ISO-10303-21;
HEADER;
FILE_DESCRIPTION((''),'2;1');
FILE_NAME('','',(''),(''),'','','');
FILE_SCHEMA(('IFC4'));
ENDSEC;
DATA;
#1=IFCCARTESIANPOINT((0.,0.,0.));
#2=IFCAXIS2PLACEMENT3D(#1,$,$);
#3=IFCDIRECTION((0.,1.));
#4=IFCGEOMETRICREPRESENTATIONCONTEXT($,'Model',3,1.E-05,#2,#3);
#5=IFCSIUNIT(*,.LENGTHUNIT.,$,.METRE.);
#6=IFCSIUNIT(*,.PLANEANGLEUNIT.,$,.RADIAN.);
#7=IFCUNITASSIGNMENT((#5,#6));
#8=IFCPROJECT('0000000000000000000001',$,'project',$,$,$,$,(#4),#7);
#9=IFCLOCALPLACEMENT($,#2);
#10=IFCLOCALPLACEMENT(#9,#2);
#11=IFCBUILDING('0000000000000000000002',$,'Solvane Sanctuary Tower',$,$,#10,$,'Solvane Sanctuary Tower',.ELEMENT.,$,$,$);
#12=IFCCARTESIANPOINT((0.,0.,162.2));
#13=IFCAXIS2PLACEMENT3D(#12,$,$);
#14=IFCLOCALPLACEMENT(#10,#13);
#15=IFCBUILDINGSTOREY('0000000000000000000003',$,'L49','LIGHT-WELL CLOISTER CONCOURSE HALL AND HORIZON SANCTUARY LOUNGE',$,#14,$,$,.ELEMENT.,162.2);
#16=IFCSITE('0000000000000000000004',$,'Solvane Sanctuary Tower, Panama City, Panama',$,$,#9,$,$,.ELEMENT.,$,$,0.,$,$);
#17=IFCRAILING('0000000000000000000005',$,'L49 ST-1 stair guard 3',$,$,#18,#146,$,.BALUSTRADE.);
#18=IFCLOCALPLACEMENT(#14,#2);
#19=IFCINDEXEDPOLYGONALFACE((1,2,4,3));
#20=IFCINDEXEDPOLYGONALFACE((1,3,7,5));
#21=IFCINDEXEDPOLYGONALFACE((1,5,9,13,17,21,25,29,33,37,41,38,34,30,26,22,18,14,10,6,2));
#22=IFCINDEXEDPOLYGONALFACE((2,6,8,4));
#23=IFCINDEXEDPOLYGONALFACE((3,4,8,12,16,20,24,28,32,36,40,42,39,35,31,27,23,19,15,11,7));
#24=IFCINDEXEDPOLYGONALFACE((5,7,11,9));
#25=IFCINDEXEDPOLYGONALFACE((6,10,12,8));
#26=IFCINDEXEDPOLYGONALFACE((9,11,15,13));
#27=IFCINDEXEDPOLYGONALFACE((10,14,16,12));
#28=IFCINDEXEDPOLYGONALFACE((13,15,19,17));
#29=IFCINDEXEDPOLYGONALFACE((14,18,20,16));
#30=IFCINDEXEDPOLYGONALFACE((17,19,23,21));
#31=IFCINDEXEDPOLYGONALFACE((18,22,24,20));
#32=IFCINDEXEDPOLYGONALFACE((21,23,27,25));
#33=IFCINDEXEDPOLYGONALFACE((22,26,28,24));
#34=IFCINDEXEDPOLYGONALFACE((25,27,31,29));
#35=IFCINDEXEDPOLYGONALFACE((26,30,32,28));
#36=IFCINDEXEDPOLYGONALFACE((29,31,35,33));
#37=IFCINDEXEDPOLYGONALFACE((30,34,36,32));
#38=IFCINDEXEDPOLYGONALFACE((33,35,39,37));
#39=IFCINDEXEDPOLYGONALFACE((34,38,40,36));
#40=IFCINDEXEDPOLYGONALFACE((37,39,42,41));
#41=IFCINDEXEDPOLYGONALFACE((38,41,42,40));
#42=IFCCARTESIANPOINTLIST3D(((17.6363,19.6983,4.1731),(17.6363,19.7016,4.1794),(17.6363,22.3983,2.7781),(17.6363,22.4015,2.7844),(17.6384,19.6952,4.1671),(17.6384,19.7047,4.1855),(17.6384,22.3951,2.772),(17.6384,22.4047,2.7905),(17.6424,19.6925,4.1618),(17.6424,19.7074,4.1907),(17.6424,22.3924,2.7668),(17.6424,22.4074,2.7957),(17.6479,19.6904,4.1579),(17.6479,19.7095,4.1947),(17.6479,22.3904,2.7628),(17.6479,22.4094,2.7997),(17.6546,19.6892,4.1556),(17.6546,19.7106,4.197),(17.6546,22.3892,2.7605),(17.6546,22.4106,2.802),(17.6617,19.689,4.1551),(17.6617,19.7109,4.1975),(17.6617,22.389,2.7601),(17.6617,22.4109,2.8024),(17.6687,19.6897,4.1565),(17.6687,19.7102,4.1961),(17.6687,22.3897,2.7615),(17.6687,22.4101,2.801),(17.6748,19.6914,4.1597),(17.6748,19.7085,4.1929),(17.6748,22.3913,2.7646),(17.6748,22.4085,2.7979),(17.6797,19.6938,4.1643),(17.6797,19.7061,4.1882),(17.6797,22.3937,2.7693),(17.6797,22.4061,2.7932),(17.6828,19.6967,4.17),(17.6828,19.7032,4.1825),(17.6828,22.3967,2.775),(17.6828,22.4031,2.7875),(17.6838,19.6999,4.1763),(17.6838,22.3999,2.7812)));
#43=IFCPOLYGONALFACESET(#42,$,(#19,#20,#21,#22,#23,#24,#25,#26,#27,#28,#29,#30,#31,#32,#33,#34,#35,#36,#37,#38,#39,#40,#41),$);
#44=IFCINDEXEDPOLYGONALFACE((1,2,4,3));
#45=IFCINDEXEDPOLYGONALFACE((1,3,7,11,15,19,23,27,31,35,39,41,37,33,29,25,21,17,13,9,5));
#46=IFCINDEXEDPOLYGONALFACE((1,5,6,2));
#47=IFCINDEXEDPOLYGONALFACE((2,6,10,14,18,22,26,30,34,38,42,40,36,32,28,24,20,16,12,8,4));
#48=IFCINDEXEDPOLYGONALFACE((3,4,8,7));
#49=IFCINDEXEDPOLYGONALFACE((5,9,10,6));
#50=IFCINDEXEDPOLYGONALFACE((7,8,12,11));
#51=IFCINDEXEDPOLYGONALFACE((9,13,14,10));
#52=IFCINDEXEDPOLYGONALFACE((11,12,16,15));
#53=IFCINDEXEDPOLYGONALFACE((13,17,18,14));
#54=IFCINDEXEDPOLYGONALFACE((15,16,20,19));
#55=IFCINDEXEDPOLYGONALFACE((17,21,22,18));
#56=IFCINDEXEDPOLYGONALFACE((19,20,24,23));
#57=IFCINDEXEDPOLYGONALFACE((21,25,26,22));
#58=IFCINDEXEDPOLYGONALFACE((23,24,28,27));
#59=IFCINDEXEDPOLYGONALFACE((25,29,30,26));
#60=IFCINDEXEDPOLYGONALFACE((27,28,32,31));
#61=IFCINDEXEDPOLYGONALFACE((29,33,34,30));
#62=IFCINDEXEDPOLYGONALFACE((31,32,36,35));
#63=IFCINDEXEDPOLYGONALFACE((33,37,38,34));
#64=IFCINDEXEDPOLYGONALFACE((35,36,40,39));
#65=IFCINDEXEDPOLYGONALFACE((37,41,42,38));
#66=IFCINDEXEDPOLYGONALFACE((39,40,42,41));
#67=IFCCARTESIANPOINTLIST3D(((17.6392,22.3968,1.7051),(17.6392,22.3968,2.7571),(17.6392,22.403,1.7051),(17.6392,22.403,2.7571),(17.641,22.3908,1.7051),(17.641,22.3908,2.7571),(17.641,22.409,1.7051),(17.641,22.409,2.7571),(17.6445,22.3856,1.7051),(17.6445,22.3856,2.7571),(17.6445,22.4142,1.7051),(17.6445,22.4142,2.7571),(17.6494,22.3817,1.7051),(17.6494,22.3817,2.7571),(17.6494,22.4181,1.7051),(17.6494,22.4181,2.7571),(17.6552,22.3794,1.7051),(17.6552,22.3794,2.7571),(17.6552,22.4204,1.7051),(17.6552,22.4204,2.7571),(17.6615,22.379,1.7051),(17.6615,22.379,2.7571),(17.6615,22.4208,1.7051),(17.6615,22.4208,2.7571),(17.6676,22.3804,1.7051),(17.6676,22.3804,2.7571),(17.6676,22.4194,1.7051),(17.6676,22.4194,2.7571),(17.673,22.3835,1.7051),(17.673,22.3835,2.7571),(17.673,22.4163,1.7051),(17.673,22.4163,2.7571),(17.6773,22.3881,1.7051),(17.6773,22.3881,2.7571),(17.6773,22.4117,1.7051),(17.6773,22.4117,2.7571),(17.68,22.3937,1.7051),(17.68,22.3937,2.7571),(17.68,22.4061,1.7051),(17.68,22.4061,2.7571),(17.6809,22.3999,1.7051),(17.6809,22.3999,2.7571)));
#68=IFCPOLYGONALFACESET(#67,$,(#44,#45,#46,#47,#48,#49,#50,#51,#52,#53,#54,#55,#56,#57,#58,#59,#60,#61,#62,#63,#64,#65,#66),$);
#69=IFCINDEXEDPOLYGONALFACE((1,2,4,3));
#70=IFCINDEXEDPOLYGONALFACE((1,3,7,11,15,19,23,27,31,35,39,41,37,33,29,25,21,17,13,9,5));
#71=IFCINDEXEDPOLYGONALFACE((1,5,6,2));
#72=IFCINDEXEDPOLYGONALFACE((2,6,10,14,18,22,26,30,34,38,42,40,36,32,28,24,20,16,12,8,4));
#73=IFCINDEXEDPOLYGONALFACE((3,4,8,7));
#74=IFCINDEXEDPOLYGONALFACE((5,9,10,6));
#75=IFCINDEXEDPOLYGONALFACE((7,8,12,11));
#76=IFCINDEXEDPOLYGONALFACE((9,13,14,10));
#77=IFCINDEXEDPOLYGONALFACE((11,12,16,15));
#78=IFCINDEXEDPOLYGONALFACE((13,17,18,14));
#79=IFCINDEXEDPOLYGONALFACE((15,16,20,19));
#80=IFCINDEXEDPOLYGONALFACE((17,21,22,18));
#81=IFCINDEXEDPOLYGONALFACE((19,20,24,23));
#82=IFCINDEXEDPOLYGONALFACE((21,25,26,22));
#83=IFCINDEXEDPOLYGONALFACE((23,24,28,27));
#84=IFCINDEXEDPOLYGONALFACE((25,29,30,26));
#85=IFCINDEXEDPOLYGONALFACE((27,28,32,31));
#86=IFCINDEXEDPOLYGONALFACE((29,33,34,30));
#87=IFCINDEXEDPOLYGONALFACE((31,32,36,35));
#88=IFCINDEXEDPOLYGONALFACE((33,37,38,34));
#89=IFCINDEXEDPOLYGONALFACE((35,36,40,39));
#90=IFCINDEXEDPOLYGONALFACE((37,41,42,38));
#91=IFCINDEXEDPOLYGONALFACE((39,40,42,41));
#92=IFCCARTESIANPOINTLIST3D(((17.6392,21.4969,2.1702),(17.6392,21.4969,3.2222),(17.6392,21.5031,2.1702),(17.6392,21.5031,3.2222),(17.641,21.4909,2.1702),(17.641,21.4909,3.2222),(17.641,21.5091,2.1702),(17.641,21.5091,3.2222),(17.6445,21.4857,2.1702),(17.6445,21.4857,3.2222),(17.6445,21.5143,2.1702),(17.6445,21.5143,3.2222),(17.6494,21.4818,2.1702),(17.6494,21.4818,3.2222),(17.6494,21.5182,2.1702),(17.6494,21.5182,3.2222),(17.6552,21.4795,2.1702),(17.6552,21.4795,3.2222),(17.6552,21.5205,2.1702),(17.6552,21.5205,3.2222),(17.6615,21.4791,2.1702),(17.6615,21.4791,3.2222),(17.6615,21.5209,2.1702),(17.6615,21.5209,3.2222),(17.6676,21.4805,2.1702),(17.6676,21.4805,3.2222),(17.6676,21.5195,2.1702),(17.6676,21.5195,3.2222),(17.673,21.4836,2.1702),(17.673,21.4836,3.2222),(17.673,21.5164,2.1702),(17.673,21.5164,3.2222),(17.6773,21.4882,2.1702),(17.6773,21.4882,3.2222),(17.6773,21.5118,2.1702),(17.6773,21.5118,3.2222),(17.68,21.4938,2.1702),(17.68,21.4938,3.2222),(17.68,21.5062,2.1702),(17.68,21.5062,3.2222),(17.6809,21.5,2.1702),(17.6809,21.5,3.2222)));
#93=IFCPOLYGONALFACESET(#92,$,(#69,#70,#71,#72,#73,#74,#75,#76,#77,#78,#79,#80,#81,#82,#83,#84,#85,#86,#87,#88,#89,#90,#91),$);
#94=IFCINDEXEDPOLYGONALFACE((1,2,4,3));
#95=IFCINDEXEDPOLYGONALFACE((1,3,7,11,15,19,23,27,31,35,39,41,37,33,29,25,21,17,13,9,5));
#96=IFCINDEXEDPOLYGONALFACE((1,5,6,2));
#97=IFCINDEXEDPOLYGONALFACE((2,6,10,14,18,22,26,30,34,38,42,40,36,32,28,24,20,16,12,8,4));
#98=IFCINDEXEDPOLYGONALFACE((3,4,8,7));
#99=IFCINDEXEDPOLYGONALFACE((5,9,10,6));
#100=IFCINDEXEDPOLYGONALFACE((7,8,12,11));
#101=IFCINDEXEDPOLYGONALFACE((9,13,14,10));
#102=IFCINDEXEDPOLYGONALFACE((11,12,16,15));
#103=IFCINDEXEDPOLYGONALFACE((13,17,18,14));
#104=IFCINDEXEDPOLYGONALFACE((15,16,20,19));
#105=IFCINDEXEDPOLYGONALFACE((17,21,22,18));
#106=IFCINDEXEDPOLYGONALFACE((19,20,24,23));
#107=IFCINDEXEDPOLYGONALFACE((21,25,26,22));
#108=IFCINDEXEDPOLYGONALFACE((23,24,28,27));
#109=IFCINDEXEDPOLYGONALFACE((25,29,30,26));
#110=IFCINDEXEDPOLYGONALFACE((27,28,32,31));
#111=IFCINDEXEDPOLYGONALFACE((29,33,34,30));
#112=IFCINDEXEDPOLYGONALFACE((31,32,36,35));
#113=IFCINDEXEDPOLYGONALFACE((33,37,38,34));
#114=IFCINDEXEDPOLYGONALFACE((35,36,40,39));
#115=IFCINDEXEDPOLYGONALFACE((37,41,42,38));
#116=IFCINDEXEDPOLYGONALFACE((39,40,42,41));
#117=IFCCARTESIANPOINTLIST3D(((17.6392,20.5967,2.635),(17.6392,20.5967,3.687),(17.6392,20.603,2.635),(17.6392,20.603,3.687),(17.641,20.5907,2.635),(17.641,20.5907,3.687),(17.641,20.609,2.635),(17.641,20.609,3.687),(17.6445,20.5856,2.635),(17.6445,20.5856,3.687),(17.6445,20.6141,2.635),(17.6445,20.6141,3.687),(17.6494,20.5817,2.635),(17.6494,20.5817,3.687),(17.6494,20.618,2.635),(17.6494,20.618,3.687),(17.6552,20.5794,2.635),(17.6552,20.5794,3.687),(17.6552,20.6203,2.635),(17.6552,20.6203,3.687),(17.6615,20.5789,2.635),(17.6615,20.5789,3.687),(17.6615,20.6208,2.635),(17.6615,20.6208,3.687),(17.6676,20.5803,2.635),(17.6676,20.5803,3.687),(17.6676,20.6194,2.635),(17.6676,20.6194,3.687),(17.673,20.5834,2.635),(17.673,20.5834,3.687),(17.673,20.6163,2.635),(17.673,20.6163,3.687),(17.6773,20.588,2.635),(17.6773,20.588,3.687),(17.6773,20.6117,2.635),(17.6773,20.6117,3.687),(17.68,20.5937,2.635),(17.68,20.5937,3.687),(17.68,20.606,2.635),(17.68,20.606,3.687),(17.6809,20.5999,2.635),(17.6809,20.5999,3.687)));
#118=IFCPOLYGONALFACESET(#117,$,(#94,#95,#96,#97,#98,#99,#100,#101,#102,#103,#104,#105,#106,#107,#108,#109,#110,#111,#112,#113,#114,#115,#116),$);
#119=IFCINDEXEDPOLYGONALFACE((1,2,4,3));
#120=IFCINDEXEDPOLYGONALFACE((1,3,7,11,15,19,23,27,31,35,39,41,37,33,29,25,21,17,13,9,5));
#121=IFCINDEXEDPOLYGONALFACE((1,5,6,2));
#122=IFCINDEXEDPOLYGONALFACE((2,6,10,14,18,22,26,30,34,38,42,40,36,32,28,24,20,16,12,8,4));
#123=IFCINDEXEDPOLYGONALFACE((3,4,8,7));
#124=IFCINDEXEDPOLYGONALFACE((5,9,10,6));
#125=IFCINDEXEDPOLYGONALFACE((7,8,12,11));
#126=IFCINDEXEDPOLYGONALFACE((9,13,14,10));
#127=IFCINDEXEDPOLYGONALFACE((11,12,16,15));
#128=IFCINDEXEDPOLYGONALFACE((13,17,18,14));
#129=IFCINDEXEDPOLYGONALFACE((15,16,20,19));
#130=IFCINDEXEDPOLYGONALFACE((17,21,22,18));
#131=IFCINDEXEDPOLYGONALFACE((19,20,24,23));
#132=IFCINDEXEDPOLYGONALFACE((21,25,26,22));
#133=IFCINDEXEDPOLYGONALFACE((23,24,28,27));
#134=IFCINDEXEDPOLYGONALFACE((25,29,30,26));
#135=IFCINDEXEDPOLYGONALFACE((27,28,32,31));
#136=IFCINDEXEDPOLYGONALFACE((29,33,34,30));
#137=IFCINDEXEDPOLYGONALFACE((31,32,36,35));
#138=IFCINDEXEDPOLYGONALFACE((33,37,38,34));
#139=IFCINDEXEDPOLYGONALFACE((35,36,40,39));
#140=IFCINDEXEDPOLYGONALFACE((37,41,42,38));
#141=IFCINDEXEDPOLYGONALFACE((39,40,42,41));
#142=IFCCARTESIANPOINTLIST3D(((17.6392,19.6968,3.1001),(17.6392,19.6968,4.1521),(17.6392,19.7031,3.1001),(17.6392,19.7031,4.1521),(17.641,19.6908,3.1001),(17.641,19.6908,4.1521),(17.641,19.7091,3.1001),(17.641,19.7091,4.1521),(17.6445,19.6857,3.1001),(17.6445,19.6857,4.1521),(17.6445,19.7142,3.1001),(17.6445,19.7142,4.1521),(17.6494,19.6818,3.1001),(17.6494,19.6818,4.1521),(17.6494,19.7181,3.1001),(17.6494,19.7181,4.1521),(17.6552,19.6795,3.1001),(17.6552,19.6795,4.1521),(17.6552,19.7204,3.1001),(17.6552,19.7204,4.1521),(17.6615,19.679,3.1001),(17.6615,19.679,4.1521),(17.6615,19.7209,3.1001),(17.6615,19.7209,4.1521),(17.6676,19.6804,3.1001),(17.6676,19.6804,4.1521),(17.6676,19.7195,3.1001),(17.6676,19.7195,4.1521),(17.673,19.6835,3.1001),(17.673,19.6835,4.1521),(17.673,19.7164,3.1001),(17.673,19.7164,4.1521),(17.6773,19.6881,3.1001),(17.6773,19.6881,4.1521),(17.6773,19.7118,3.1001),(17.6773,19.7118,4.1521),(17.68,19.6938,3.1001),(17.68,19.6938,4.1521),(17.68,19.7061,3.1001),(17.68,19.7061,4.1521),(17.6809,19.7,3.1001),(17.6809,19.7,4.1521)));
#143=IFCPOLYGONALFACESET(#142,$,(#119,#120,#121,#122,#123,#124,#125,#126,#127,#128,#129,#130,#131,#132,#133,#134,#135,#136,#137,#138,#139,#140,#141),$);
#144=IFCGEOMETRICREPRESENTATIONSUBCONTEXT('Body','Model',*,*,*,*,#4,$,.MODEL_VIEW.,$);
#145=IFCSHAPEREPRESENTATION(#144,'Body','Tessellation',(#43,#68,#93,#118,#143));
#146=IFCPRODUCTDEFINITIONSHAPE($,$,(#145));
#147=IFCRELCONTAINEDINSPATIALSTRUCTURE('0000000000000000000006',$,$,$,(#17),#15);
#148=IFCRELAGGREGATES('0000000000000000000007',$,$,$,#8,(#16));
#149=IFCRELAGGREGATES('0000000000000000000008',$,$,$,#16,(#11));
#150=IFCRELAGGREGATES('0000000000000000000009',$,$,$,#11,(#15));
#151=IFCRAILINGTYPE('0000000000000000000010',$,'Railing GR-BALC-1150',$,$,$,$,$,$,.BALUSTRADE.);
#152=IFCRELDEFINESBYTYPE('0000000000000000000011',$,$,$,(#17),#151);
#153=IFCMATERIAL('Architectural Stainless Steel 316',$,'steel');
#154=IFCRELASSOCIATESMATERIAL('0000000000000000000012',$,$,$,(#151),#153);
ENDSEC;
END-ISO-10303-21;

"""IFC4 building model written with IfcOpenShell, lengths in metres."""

from ifc_helpers import new_model, si_unit, direction, frame, origin, origin_2d, place, context, subcontext, project, spatial, circle, extrude, material, type_object, element, save


model = new_model("IFC4")

# Units and contexts
model_context = context("Model", 3, precision=1e-05, world=origin(), true_north=direction((0.0, 1.0)))
body_context = subcontext(model_context, "Body", "Model", "MODEL_VIEW")
ifc_project = project(units=[si_unit("LENGTHUNIT", "METRE"), si_unit("PLANEANGLEUNIT", "RADIAN")], contexts=[model_context])

# Site, building, storey
site_placement = place(None, origin())
site = spatial("IfcSite", under=ifc_project, at=site_placement, Name="Solvane Sanctuary Tower, Panama City, Panama", CompositionType="ELEMENT", RefElevation=0.0)
building_placement = place(site_placement, origin())
building = spatial("IfcBuilding", under=site, at=building_placement, Name="Solvane Sanctuary Tower", LongName="Solvane Sanctuary Tower", CompositionType="ELEMENT")
storey_placement = place(building_placement, frame((0.0, 0.0, 162.2)))
storey = spatial("IfcBuildingStorey", under=building, at=storey_placement, Name="L49", Description="LIGHT-WELL CLOISTER CONCOURSE HALL AND HORIZON SANCTUARY LOUNGE", CompositionType="ELEMENT", Elevation=162.2)

# Railing
ifc_material_1 = material(Name="Architectural Stainless Steel 316", Category="steel")
railing_type_1 = type_object("IfcRailingType", Name="Railing GR-BALC-1150", PredefinedType="BALUSTRADE", material=ifc_material_1)
railing_1_placement = place(storey_placement, frame((17.6599, 22.3999, 1.7051)))
element("IfcRailing", 1, at=railing_1_placement, inside=storey, type_object=railing_type_1, Name="L49 ST-1 stair guard 3", PredefinedType="BALUSTRADE", context=body_context, shape_type="SweptSolid", body=[
    extrude(circle(Radius=0.0239, at=origin_2d()), frame((0.0, 0.0, 1.0762), z_axis=(0.0, -0.88842, 0.459032), x_axis=(1.0, 0.0, 0.0)), (0.0, 0.0, 1.0), 3.0391),
    extrude(circle(Radius=0.021, at=origin_2d()), origin(), (0.0, 0.0, 1.0), 1.052),
    extrude(circle(Radius=0.021, at=origin_2d()), frame((0.0, -0.8999, 0.4651)), (0.0, 0.0, 1.0), 1.052),
    extrude(circle(Radius=0.021, at=origin_2d()), frame((0.0, -1.8, 0.9299)), (0.0, 0.0, 1.0), 1.052),
    extrude(circle(Radius=0.021, at=origin_2d()), frame((0.0, -2.7, 1.395)), (0.0, 0.0, 1.0), 1.052),
])

save(model, "model.ifc")
